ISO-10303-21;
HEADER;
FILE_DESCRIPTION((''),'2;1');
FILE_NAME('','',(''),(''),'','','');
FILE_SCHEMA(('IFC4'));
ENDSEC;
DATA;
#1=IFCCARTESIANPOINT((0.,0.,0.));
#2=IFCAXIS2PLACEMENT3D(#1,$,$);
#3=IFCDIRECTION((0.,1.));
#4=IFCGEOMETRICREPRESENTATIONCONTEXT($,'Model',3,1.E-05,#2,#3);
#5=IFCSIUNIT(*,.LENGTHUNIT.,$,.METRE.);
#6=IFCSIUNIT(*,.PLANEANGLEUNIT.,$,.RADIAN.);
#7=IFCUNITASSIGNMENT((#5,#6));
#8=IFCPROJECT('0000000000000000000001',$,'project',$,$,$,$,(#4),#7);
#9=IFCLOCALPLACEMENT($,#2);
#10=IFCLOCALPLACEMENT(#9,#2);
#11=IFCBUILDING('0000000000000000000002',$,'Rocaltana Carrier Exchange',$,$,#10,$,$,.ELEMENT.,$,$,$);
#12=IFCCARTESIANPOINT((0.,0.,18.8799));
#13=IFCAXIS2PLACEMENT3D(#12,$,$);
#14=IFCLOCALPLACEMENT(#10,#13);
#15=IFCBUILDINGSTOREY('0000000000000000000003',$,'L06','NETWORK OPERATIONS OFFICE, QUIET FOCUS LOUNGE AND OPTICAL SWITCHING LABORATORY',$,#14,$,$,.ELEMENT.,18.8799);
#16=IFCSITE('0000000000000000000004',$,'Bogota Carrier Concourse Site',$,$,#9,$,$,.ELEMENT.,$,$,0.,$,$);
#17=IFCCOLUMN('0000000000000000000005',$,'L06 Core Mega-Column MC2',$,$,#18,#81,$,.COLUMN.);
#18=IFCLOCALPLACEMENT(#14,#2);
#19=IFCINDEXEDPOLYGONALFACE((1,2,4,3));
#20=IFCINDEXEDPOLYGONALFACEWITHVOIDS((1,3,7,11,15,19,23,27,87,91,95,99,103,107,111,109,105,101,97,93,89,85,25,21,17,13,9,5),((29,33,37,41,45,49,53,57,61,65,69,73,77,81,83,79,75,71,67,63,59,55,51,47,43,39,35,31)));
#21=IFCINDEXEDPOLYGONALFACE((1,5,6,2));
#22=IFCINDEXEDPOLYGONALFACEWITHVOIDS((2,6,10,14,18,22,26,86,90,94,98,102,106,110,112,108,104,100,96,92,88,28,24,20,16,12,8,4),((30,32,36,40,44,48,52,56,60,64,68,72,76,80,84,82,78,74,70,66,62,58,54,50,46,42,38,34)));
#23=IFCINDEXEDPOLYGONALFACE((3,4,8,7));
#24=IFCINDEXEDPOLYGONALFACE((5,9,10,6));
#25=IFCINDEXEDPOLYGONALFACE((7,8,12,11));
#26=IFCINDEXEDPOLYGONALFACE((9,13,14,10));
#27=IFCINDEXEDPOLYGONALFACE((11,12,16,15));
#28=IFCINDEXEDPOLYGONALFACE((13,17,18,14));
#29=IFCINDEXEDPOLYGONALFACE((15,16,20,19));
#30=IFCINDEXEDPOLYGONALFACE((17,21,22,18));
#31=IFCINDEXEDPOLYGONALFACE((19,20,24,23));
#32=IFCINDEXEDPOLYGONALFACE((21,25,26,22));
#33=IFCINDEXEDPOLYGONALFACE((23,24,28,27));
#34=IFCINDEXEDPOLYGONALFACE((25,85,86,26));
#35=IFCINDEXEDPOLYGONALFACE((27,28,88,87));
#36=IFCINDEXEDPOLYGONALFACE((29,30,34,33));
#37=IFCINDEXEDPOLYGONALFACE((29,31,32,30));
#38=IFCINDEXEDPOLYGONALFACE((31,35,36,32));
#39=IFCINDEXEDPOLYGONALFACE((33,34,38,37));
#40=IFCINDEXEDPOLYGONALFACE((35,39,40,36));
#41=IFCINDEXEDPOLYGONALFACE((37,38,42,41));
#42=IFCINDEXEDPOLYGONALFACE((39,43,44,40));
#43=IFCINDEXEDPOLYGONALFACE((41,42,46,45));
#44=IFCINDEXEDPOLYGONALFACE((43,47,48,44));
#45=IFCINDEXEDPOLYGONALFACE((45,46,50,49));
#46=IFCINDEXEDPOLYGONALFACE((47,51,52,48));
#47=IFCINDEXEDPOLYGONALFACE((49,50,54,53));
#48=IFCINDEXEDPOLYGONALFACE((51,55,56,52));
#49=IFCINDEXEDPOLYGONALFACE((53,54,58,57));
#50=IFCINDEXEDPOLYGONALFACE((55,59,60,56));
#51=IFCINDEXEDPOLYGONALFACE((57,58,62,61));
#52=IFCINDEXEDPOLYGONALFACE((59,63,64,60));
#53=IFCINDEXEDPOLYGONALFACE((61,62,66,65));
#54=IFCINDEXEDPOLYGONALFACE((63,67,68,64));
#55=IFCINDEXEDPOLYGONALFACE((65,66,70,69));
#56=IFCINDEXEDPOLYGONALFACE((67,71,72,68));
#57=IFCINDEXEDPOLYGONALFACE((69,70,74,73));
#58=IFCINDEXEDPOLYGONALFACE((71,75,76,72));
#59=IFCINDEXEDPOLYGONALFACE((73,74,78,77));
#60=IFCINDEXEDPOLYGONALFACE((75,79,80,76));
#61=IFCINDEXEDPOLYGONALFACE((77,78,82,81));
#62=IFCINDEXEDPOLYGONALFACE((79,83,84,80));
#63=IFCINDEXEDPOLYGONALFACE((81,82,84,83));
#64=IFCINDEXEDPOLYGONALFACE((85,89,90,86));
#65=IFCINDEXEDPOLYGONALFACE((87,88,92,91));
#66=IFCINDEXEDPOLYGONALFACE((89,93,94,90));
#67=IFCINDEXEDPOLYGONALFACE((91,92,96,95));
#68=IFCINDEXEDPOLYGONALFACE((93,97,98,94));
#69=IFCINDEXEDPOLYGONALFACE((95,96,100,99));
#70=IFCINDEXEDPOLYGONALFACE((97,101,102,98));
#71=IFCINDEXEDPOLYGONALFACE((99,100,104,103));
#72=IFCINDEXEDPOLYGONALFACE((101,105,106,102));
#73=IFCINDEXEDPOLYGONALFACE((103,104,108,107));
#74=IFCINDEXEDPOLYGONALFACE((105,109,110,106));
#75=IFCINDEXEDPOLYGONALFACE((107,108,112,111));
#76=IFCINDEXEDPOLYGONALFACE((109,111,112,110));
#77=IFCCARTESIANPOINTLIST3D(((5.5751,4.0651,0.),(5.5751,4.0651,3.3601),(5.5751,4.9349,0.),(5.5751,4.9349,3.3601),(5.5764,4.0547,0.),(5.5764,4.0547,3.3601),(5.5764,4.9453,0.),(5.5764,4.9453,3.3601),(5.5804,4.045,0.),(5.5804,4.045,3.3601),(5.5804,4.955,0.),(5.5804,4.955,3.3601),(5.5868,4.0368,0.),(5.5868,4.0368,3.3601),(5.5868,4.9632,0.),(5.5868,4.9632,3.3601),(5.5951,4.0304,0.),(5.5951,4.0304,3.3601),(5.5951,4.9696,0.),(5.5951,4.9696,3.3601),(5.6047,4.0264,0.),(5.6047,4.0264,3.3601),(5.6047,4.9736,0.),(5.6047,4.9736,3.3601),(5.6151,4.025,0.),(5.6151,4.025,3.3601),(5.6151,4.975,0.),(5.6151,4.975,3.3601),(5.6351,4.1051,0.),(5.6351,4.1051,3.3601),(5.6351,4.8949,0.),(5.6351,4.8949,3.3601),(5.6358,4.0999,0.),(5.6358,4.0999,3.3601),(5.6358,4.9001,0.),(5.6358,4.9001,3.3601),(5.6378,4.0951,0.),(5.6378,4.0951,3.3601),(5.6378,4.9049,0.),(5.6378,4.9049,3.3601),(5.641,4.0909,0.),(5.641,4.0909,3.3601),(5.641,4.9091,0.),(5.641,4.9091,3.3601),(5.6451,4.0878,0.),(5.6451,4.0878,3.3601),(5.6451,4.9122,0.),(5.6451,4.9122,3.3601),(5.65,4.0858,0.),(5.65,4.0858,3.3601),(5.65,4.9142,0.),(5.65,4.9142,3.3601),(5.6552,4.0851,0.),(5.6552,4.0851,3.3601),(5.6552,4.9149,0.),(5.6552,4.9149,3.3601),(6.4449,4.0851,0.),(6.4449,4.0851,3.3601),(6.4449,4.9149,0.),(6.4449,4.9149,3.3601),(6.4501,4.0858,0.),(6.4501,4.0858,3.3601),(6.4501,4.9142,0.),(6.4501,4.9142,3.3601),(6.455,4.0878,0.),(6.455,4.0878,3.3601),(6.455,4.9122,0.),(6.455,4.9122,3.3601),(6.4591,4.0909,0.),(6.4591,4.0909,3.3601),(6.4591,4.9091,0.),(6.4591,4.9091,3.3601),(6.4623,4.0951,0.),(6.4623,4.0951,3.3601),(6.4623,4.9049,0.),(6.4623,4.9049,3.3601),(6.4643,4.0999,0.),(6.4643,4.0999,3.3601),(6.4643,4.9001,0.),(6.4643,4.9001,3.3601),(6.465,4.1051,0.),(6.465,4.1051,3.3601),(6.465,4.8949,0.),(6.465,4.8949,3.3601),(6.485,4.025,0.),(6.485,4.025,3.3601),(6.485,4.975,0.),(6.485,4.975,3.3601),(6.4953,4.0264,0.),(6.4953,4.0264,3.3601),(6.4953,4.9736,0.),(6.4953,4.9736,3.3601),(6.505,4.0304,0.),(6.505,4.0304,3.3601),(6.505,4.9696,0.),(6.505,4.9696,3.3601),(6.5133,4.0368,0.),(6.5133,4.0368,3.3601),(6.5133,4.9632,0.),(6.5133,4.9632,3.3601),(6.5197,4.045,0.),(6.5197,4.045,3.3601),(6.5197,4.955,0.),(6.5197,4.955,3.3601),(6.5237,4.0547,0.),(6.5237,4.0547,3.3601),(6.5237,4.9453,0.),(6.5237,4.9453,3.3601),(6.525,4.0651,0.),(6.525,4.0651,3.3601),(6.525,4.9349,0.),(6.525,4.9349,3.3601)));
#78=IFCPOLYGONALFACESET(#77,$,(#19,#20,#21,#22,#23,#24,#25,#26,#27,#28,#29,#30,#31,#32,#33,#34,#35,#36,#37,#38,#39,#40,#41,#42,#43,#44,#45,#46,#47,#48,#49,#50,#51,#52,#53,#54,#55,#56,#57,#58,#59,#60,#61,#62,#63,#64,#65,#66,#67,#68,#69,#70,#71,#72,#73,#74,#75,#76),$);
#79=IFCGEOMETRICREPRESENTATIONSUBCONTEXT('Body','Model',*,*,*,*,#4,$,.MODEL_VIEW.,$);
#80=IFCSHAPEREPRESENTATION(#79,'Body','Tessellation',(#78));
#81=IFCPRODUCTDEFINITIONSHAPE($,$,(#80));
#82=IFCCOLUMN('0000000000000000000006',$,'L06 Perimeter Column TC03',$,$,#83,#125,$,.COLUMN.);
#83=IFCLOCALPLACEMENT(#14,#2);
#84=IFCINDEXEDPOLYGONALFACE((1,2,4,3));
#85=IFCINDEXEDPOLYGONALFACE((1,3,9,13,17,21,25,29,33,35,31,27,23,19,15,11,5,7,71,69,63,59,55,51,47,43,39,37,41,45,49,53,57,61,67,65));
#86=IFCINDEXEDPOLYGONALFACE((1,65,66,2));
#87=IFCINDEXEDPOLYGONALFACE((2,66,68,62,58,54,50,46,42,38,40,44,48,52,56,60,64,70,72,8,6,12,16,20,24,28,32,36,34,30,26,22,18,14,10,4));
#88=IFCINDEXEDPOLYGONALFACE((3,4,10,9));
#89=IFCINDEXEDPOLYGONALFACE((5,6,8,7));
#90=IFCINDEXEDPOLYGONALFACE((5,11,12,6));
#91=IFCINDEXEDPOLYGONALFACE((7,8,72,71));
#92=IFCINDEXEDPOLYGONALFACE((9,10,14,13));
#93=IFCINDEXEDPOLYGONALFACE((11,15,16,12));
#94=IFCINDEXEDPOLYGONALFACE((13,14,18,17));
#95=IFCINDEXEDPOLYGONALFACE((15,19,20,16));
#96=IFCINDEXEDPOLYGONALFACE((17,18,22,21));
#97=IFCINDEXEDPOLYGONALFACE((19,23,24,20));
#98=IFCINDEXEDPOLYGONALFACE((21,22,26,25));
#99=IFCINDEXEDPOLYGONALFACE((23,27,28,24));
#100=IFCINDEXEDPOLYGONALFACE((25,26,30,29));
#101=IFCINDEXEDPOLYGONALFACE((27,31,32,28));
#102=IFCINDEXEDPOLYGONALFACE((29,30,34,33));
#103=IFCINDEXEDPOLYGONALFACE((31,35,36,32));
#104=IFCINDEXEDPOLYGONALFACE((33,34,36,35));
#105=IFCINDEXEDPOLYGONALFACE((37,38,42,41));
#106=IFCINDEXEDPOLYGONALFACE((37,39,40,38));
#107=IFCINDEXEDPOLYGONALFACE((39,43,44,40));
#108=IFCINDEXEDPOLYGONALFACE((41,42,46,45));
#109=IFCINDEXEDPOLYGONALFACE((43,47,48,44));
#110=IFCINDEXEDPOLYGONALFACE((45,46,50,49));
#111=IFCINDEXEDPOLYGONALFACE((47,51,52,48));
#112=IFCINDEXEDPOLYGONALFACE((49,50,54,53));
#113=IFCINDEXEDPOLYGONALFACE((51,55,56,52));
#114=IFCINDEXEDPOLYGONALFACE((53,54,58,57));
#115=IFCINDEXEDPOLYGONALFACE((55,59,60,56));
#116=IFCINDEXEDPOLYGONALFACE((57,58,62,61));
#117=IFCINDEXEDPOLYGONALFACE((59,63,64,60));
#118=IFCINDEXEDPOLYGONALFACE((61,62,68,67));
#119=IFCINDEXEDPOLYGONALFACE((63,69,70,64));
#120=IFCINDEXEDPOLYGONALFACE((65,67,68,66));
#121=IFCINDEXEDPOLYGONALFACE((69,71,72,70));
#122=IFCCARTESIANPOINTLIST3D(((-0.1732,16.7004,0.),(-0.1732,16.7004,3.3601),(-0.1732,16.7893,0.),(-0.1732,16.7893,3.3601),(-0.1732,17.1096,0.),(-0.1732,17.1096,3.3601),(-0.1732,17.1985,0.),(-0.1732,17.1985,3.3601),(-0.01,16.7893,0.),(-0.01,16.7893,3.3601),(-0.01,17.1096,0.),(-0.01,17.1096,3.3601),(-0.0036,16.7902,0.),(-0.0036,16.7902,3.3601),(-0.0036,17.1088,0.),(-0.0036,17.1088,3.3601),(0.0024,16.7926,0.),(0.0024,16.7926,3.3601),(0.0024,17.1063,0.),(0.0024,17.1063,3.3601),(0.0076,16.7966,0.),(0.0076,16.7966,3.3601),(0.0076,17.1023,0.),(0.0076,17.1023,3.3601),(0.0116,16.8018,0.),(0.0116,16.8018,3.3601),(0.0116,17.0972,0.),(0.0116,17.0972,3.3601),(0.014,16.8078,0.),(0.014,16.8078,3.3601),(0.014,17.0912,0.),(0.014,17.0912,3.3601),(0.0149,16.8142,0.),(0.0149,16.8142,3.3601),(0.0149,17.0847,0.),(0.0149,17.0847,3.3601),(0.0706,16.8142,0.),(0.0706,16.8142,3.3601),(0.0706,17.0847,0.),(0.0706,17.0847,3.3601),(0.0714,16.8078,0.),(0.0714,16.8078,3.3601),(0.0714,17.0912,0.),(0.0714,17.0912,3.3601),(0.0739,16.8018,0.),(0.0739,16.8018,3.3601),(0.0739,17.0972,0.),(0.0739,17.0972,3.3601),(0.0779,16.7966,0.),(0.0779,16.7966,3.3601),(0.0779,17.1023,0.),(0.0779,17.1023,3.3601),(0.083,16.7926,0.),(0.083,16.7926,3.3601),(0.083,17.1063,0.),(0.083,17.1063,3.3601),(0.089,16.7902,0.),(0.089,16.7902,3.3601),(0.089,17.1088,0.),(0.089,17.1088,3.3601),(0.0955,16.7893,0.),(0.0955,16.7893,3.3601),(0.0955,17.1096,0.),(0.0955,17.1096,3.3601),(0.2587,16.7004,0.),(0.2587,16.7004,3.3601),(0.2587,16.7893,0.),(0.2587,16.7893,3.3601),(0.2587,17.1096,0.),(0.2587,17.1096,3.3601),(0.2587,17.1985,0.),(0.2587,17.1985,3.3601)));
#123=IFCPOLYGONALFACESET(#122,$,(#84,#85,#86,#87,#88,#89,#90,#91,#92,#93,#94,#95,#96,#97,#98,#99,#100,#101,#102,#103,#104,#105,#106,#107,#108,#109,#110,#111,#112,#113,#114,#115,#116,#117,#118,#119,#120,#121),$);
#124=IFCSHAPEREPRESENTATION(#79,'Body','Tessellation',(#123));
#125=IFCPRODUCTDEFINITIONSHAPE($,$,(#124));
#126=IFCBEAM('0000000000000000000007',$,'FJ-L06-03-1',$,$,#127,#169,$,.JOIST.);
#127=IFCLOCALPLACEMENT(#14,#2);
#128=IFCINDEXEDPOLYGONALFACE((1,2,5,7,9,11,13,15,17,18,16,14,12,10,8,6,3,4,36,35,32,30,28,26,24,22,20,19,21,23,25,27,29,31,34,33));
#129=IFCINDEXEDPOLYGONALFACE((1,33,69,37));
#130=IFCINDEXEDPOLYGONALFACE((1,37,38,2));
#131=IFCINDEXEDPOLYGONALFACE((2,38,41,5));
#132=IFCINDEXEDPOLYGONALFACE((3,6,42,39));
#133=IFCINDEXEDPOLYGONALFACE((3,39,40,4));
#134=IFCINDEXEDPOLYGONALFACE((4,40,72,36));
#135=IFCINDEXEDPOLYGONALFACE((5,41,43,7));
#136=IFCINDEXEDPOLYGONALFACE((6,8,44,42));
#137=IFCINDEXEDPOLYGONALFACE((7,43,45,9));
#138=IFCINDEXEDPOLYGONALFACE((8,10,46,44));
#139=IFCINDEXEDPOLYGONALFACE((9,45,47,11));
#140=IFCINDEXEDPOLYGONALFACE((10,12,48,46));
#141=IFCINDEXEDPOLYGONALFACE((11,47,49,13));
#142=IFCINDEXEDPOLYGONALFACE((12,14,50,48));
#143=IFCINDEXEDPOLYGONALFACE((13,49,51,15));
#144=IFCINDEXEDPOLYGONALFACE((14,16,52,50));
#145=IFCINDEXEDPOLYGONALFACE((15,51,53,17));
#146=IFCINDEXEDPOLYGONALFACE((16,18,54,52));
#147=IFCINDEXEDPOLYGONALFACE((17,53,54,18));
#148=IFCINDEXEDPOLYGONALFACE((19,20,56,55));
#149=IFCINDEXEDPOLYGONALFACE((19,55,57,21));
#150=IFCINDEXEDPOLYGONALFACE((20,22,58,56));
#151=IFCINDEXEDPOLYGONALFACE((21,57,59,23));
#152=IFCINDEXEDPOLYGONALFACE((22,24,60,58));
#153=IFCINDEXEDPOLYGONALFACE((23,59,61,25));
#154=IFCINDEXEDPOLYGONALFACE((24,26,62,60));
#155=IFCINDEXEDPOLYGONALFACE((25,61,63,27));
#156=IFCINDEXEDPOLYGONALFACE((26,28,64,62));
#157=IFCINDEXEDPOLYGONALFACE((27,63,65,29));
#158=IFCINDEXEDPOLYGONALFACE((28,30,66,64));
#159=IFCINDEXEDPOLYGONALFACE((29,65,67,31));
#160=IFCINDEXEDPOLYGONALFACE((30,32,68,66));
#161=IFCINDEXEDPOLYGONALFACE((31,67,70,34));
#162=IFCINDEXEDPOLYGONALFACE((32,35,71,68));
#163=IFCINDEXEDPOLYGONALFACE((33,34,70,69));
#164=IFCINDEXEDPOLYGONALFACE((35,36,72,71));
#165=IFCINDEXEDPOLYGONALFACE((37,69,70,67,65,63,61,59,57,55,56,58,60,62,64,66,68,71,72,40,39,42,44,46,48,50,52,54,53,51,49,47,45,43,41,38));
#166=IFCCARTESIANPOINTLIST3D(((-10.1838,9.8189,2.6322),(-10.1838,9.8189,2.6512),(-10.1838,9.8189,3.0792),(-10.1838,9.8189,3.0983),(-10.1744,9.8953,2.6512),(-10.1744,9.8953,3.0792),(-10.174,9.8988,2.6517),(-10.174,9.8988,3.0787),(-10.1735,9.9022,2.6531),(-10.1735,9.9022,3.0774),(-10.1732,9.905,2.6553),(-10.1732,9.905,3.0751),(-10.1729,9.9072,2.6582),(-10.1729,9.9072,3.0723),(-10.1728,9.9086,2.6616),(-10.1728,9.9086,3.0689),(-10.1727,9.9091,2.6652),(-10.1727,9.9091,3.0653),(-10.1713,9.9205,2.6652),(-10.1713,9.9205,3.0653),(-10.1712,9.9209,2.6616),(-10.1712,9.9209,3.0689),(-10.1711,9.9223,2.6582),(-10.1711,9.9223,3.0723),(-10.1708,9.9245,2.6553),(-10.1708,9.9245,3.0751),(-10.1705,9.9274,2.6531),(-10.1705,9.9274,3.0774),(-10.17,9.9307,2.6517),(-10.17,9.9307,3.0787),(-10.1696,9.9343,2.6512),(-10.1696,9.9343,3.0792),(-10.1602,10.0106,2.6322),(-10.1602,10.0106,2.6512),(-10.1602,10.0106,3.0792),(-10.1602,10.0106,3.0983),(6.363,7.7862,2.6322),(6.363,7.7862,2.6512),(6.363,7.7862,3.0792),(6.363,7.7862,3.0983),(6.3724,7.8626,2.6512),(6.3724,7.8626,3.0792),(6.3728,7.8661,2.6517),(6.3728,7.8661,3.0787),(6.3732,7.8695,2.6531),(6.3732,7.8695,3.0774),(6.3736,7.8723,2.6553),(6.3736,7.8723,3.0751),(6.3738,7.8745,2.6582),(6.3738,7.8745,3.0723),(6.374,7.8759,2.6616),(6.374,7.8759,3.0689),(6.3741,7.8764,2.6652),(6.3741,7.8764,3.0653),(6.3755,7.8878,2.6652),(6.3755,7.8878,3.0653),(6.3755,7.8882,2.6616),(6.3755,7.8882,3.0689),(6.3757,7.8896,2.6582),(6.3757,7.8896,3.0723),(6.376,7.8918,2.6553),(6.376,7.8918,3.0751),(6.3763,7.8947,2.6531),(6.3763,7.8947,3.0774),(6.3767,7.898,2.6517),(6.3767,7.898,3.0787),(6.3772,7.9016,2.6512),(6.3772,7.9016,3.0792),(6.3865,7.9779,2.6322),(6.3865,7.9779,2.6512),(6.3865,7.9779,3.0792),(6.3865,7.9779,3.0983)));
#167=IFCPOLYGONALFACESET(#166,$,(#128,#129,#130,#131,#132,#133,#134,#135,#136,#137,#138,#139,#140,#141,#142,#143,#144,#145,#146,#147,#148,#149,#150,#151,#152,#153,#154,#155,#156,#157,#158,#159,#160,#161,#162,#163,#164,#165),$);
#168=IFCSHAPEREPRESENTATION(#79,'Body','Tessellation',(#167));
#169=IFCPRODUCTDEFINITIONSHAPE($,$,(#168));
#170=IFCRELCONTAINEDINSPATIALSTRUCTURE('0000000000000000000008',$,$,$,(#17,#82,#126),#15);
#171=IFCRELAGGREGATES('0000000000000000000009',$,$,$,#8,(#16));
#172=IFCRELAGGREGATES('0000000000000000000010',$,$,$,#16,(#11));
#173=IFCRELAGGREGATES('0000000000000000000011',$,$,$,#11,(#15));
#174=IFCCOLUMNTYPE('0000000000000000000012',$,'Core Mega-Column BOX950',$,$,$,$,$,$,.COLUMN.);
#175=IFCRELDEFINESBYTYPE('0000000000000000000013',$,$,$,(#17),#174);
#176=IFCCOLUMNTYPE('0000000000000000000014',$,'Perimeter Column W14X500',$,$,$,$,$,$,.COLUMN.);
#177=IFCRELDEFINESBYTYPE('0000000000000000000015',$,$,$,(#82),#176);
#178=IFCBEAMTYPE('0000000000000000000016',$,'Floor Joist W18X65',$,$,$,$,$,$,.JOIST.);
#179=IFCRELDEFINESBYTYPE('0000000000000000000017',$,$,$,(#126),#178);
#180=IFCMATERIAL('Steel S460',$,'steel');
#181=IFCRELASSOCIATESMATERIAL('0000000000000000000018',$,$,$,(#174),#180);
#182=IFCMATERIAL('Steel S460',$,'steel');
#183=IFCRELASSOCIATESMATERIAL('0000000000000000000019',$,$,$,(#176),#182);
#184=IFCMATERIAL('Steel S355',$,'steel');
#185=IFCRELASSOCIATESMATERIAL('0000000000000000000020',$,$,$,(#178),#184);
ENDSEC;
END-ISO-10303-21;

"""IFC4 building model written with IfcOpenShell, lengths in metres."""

from ifc_helpers import new_model, si_unit, direction, frame, origin, origin_2d, place, context, subcontext, project, spatial, hollow_rectangle, i_section, extrude, material, material_profile, profile_set, type_object, element, save


model = new_model("IFC4")

# Units and contexts
model_context = context("Model", 3, precision=1e-05, world=origin(), true_north=direction((0.0, 1.0)))
body_context = subcontext(model_context, "Body", "Model", "MODEL_VIEW")
ifc_project = project(units=[si_unit("LENGTHUNIT", "METRE"), si_unit("PLANEANGLEUNIT", "RADIAN")], contexts=[model_context])

# Site, building, storey
site_placement = place(None, origin())
site = spatial("IfcSite", under=ifc_project, at=site_placement, Name="Bogota Carrier Concourse Site", CompositionType="ELEMENT", RefElevation=0.0)
building_placement = place(site_placement, origin())
building = spatial("IfcBuilding", under=site, at=building_placement, Name="Rocaltana Carrier Exchange", CompositionType="ELEMENT")
storey_placement = place(building_placement, frame((0.0, 0.0, 18.8799)))
storey = spatial("IfcBuildingStorey", under=building, at=storey_placement, Name="L06", Description="NETWORK OPERATIONS OFFICE, QUIET FOCUS LOUNGE AND OPTICAL SWITCHING LABORATORY", CompositionType="ELEMENT", Elevation=18.8799)

# Columns
ifc_material_1 = material(Name="Steel S460", Category="steel")
ifc_material_profile_1 = material_profile(ifc_material_1, hollow_rectangle(XDim=0.95, YDim=0.95, WallThickness=0.0601, InnerFilletRadius=0.02, OuterFilletRadius=0.04, at=origin_2d()), Name="BOX950X950X60")
ifc_profile_set_1 = profile_set([ifc_material_profile_1], Name="Steel S460")
column_type_1 = type_object("IfcColumnType", Name="Core Mega-Column BOX950", PredefinedType="COLUMN", material=ifc_profile_set_1)
column_1_placement = place(storey_placement, frame((6.05, 4.5, 0.0), z_axis=(0.0, 0.0, 1.0), x_axis=(1.0, 0.0, 0.0)))
element("IfcColumn", 1, at=column_1_placement, inside=storey, type_object=column_type_1, Name="L06 Core Mega-Column MC2", PredefinedType="COLUMN", context=body_context, shape_type="SweptSolid", body=[
    extrude(hollow_rectangle(XDim=0.95, YDim=0.95, WallThickness=0.0601, InnerFilletRadius=0.02, OuterFilletRadius=0.04, at=origin_2d()), origin(), (0.0, 0.0, 1.0), 3.3601),
])
ifc_material_2 = material(Name="Steel S460", Category="steel")
ifc_material_profile_2 = material_profile(ifc_material_2, i_section(OverallWidth=0.4319, OverallDepth=0.498, WebThickness=0.0557, FlangeThickness=0.0889, FilletRadius=0.0249, at=origin_2d()), Name="W14X500")
ifc_profile_set_2 = profile_set([ifc_material_profile_2], Name="Steel S460")
column_type_2 = type_object("IfcColumnType", Name="Perimeter Column W14X500", PredefinedType="COLUMN", material=ifc_profile_set_2)
column_2_placement = place(storey_placement, frame((0.0427, 16.9495, 0.0), z_axis=(0.0, 0.0, 1.0), x_axis=(1.0, 0.0, 0.0)))
element("IfcColumn", 2, at=column_2_placement, inside=storey, type_object=column_type_2, Name="L06 Perimeter Column TC03", PredefinedType="COLUMN", context=body_context, shape_type="SweptSolid", body=[
    extrude(i_section(OverallWidth=0.4319, OverallDepth=0.498, WebThickness=0.0557, FlangeThickness=0.0889, FilletRadius=0.0249, at=origin_2d()), origin(), (0.0, 0.0, 1.0), 3.3601),
])

# Beam
ifc_material_3 = material(Name="Steel S355", Category="steel")
ifc_material_profile_3 = material_profile(ifc_material_3, i_section(OverallWidth=0.1931, OverallDepth=0.4661, WebThickness=0.0115, FlangeThickness=0.019, FilletRadius=0.0139, at=origin_2d()), Name="W18X65")
ifc_profile_set_3 = profile_set([ifc_material_profile_3], Name="Steel S355")
beam_type_1 = type_object("IfcBeamType", Name="Floor Joist W18X65", PredefinedType="JOIST", material=ifc_profile_set_3)
beam_1_placement = place(storey_placement, frame((6.3748, 7.8821, 2.8652), z_axis=(-0.992539, 0.121929, 0.0), x_axis=(-0.121929, -0.992539, 0.0)))
element("IfcBeam", 3, at=beam_1_placement, inside=storey, type_object=beam_type_1, Name="FJ-L06-03-1", PredefinedType="JOIST", context=body_context, shape_type="SweptSolid", body=[
    extrude(i_section(OverallWidth=0.1931, OverallDepth=0.4661, WebThickness=0.0115, FlangeThickness=0.019, FilletRadius=0.0139, at=origin_2d()), origin(), (0.0, 0.0, 1.0), 16.6711),
])

save(model, "model.ifc")
